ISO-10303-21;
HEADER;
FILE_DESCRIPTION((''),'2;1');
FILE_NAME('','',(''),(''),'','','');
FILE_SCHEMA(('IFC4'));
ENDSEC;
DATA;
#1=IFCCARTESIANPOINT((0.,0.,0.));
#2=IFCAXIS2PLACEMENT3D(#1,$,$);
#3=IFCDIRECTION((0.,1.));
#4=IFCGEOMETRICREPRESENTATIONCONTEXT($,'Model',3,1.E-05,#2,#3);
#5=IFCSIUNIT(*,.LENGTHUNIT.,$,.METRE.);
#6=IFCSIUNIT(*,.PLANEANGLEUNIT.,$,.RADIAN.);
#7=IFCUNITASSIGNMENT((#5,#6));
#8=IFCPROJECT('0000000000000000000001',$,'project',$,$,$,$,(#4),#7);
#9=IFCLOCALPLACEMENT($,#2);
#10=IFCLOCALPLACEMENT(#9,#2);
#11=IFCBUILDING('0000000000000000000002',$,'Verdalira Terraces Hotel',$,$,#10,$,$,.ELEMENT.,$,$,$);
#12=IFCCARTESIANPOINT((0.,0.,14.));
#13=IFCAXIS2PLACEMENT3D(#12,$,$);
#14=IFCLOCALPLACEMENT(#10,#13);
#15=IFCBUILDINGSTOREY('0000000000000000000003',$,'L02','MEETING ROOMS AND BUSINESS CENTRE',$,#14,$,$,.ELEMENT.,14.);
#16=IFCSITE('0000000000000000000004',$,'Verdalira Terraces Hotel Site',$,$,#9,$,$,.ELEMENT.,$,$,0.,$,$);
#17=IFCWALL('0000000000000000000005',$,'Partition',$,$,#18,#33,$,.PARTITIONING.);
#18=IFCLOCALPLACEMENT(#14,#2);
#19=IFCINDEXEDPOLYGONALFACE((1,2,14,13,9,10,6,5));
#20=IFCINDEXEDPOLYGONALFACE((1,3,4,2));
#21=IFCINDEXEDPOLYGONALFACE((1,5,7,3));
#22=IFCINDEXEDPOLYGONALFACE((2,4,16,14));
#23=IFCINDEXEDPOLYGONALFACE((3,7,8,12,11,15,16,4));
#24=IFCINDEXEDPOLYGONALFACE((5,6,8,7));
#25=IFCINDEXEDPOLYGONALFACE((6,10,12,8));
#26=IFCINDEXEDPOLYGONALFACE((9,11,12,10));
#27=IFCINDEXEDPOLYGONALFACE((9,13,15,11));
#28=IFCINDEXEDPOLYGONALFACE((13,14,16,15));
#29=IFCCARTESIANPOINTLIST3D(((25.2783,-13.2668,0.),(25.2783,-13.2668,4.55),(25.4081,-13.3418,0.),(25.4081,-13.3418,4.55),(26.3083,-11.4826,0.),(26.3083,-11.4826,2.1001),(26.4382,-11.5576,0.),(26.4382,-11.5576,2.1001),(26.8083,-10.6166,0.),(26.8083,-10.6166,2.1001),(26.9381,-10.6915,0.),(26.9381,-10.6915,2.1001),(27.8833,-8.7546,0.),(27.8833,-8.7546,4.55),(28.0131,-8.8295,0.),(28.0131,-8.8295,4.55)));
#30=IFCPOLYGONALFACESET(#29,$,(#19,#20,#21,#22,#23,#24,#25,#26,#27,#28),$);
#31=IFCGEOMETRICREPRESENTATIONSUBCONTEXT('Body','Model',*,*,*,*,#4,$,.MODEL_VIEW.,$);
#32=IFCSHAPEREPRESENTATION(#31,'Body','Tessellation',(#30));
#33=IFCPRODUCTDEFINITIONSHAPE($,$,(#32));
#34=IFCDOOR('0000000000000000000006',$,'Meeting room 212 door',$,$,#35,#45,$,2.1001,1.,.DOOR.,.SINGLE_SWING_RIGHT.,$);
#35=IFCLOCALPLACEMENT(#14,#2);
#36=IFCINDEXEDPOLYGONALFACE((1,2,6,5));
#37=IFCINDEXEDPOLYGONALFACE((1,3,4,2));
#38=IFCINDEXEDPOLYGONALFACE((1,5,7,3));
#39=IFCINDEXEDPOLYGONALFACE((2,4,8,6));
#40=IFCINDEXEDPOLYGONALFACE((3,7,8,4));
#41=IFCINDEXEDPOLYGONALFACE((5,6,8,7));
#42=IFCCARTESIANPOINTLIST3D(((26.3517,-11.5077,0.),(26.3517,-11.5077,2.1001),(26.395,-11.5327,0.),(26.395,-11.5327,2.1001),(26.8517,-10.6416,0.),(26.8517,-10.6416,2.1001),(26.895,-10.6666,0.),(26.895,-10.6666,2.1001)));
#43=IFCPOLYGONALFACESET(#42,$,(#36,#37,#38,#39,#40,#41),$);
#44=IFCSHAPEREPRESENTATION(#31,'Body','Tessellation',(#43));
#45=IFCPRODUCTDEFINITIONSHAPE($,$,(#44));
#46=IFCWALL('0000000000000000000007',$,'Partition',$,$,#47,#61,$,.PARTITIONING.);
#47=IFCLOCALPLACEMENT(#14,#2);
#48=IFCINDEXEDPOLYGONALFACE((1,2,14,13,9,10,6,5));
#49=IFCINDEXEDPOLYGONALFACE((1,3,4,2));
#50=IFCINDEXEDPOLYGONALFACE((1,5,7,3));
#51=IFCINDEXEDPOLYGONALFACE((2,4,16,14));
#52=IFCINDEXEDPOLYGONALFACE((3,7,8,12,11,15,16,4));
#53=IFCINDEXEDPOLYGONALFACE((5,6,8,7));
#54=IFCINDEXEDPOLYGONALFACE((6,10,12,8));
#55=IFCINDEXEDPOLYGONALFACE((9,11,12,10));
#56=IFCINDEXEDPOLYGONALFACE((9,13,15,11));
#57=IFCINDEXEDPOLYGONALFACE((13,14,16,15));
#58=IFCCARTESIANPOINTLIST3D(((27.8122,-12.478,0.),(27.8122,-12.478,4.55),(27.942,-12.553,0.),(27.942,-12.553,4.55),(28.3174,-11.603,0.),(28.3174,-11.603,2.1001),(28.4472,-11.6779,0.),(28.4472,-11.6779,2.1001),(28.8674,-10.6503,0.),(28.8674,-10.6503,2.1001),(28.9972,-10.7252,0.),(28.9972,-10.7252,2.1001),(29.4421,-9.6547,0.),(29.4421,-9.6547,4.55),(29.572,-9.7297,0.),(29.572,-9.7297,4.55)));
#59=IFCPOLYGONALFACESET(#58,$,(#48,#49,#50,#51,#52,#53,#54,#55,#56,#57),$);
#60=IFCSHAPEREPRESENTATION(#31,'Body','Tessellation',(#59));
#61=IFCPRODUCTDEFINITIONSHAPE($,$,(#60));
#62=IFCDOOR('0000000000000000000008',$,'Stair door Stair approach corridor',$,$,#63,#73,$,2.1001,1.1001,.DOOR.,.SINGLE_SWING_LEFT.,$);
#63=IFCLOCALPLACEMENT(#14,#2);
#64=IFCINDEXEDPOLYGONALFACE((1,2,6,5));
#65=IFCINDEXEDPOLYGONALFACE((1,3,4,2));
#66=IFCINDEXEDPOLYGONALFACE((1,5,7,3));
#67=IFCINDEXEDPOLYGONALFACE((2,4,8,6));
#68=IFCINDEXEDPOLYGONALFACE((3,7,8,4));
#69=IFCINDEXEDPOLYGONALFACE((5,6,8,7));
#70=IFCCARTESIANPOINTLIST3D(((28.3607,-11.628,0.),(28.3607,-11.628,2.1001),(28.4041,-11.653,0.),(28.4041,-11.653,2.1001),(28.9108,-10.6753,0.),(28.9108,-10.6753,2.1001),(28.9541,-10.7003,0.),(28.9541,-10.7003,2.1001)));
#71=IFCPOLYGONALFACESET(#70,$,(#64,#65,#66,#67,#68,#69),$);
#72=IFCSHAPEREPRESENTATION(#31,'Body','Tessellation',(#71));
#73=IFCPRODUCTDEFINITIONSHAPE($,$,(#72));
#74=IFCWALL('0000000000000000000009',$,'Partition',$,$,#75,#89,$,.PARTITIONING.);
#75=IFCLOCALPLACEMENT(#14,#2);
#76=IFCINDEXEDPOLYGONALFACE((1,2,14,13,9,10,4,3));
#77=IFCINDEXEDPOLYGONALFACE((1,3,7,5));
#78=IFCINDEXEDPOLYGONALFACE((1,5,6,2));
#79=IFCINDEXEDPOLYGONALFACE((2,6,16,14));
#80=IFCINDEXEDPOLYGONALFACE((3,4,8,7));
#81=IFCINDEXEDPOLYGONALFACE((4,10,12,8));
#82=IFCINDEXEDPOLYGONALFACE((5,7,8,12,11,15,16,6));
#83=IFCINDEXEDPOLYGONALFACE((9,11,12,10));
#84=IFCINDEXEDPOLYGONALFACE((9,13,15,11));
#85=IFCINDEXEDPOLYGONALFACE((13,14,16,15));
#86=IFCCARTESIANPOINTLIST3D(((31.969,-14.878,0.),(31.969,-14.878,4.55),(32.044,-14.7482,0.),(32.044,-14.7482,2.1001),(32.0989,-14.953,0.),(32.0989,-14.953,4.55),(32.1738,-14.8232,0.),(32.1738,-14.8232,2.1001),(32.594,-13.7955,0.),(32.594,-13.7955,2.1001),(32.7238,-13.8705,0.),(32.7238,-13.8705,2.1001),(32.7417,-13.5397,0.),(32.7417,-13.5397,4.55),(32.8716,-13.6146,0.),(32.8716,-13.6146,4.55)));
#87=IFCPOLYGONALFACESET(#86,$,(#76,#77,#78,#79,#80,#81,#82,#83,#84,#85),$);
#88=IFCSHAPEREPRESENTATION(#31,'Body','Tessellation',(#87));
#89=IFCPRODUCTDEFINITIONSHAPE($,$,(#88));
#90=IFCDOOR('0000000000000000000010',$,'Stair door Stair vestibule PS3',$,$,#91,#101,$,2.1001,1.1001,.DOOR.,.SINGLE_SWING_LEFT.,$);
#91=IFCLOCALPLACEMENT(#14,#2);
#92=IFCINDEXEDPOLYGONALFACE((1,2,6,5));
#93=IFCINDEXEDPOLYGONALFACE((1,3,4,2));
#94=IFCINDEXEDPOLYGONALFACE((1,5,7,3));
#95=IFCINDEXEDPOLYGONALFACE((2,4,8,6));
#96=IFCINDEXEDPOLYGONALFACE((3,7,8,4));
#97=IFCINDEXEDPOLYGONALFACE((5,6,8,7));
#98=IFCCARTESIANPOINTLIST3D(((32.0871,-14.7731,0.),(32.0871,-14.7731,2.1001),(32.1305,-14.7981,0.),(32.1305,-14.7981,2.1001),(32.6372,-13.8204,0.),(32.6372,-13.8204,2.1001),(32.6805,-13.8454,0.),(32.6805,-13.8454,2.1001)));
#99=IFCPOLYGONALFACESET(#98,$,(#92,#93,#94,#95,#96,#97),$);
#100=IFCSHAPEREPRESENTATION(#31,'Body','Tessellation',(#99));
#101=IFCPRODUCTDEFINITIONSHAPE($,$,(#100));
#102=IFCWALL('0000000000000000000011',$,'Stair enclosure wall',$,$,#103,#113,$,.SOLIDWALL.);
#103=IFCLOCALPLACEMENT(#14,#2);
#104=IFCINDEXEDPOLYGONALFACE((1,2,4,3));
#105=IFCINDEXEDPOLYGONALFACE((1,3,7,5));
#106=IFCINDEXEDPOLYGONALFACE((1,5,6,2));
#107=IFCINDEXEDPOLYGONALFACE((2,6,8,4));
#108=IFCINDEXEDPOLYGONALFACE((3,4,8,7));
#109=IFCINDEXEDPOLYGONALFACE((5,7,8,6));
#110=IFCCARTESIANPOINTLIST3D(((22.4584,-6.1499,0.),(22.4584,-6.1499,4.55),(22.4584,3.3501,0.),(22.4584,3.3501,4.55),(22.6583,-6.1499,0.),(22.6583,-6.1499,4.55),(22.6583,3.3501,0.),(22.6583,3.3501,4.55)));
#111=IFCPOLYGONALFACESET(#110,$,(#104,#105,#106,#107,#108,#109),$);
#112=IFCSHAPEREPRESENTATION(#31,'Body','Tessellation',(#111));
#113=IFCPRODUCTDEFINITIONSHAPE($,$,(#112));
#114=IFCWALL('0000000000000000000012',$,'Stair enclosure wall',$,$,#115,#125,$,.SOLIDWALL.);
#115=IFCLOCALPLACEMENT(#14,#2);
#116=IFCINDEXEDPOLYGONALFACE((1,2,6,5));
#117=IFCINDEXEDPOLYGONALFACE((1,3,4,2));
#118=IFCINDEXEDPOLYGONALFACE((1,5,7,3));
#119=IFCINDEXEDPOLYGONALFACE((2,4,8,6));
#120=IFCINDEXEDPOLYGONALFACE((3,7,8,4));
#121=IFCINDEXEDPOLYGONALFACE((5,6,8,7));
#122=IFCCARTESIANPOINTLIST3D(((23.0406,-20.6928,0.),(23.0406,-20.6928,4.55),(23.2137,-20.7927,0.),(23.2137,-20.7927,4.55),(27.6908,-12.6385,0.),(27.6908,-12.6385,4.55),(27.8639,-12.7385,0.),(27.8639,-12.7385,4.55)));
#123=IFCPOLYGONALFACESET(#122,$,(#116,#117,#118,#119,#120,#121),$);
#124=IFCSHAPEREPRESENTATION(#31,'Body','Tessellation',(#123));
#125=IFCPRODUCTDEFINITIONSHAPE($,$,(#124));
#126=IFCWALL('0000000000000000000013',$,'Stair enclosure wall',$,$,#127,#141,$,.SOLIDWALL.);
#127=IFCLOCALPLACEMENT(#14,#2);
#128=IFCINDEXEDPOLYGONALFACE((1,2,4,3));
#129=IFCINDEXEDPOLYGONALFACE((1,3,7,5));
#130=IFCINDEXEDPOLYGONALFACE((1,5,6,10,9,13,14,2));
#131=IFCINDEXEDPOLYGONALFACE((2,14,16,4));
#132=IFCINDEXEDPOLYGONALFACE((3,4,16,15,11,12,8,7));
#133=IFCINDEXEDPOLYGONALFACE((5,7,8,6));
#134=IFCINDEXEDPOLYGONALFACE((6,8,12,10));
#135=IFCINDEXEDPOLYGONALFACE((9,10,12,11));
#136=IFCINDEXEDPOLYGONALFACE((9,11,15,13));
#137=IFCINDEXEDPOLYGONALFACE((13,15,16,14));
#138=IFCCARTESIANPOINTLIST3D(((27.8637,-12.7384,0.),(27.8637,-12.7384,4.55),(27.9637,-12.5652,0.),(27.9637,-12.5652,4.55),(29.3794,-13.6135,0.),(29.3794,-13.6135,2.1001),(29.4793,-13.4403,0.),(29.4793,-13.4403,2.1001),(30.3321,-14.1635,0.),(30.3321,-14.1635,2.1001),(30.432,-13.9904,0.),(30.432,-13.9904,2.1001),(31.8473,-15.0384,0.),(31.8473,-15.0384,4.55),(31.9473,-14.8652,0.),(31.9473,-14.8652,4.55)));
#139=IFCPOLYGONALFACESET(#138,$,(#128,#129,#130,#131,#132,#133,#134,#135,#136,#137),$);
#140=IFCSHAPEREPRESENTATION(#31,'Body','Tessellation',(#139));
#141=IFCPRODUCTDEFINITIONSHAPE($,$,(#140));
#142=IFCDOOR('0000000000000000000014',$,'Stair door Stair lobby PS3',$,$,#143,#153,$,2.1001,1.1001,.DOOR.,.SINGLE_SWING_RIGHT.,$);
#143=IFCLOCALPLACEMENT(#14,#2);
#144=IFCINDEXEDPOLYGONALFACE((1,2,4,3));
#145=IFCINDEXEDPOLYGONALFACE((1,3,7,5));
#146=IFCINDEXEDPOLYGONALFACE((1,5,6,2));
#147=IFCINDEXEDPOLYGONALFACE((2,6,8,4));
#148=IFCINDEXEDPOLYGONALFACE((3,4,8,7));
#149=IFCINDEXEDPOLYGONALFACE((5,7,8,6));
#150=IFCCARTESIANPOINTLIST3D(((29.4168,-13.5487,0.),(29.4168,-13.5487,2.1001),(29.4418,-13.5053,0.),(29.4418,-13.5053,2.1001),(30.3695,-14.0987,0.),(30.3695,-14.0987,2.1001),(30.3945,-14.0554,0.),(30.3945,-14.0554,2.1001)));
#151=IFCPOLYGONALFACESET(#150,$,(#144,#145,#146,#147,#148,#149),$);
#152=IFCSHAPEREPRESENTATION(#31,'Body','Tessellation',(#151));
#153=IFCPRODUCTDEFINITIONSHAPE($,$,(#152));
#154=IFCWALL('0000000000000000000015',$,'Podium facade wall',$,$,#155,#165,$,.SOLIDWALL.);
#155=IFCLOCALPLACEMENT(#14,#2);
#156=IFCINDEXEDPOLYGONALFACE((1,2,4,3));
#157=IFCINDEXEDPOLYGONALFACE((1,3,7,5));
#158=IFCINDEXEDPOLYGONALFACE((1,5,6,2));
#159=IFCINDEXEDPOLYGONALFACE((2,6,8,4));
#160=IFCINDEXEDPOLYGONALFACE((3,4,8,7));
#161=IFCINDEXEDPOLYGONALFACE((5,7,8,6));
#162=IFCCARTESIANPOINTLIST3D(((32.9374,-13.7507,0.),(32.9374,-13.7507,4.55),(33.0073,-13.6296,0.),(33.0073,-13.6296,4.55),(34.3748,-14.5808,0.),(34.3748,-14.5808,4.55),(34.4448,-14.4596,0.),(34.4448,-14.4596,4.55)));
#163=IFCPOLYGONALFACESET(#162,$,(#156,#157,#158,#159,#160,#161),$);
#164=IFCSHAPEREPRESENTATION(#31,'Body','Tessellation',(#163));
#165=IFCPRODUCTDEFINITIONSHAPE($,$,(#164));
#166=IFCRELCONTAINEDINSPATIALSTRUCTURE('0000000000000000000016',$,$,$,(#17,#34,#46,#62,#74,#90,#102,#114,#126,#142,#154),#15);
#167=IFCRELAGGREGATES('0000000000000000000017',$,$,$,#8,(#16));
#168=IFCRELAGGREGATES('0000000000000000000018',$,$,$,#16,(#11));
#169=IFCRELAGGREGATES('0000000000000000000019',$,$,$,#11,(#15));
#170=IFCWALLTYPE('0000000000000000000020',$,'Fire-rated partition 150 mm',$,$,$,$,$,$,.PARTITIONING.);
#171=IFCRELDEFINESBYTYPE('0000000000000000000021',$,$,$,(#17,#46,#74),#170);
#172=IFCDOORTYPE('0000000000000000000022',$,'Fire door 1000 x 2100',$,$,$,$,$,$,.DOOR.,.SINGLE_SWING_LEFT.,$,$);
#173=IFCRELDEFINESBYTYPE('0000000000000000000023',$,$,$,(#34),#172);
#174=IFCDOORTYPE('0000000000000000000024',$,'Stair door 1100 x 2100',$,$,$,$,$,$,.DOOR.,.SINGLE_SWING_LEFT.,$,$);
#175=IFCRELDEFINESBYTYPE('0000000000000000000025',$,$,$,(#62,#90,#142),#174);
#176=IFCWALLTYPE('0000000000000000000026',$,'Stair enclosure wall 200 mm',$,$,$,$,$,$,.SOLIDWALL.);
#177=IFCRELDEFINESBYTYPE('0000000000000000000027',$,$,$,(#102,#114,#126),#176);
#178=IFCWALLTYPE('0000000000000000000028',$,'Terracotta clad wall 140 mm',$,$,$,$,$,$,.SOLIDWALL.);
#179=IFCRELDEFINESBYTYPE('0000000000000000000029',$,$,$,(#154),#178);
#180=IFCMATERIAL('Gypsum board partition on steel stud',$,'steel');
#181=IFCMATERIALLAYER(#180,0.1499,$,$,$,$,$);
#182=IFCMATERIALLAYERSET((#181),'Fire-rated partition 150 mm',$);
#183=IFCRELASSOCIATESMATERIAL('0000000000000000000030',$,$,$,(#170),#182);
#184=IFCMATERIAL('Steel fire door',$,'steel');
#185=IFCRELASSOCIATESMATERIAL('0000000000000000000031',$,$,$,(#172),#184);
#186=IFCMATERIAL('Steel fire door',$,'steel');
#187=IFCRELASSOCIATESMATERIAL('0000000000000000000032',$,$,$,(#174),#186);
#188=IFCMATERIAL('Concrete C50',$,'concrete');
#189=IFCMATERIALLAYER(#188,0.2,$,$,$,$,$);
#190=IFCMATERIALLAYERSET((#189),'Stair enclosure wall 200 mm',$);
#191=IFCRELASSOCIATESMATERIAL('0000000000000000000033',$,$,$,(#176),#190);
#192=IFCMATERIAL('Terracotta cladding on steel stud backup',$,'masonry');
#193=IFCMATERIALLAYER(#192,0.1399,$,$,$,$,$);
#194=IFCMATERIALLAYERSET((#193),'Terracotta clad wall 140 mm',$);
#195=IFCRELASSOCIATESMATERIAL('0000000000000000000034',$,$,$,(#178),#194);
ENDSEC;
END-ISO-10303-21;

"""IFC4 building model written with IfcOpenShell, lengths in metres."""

from ifc_helpers import new_model, si_unit, direction, frame, frame_2d, origin, place, context, subcontext, project, spatial, rectangle, extrude, material, layer, layer_set, type_object, element, fill, save


model = new_model("IFC4")

# Units and contexts
model_context = context("Model", 3, precision=1e-05, world=origin(), true_north=direction((0.0, 1.0)))
body_context = subcontext(model_context, "Body", "Model", "MODEL_VIEW")
ifc_project = project(units=[si_unit("LENGTHUNIT", "METRE"), si_unit("PLANEANGLEUNIT", "RADIAN")], contexts=[model_context])

# Site, building, storey
site_placement = place(None, origin())
site = spatial("IfcSite", under=ifc_project, at=site_placement, Name="Verdalira Terraces Hotel Site", CompositionType="ELEMENT", RefElevation=0.0)
building_placement = place(site_placement, origin())
building = spatial("IfcBuilding", under=site, at=building_placement, Name="Verdalira Terraces Hotel", CompositionType="ELEMENT")
storey_placement = place(building_placement, frame((0.0, 0.0, 14.0)))
storey = spatial("IfcBuildingStorey", under=building, at=storey_placement, Name="L02", Description="MEETING ROOMS AND BUSINESS CENTRE", CompositionType="ELEMENT", Elevation=14.0)

# Shared definitions
ifc_material_1 = material(Name="Gypsum board partition on steel stud", Category="steel")
ifc_layer_1 = layer(ifc_material_1, 0.1499)
ifc_layer_set_1 = layer_set([ifc_layer_1], Name="Fire-rated partition 150 mm")
wall_type_1 = type_object("IfcWallType", Name="Fire-rated partition 150 mm", PredefinedType="PARTITIONING", material=ifc_layer_set_1)

# Walls, openings, doors
wall_1_placement = place(storey_placement, frame((25.3433, -13.3042, 0.0), z_axis=(0.0, 0.0, 1.0), x_axis=(0.499979, 0.866037, 0.0)))
wall_1 = element("IfcWall", 1, at=wall_1_placement, inside=storey, type_object=wall_type_1, Name="Partition", PredefinedType="PARTITIONING", context=body_context, shape_type="SweptSolid", body=[
    extrude(rectangle(XDim=5.2102, YDim=0.1499, at=frame_2d((2.605, 0.0))), origin(), (0.0, 0.0, 1.0), 4.55),
])
opening_1_placement = place(wall_1_placement, frame((2.0601, 0.0, 0.0)))
opening_1 = element("IfcOpeningElement", 2, at=opening_1_placement, cuts=wall_1, PredefinedType="OPENING", context=body_context, shape_type="SweptSolid", body=[
    extrude(rectangle(XDim=1.0, YDim=2.1001, at=frame_2d((0.5, 1.05))), frame((0.0, 0.085, 0.0), z_axis=(0.0, -1.0, 0.0), x_axis=(1.0, 0.0, 0.0)), (0.0, 0.0, 1.0), 0.1699),
])
ifc_material_2 = material(Name="Steel fire door", Category="steel")
door_type_1 = type_object("IfcDoorType", Name="Fire door 1000 x 2100", OperationType="SINGLE_SWING_LEFT", PredefinedType="DOOR", material=ifc_material_2)
door_1_placement = place(opening_1_placement, origin())
door_1 = element("IfcDoor", 3, at=door_1_placement, inside=storey, type_object=door_type_1, Name="Meeting room 212 door", OperationType="SINGLE_SWING_RIGHT", OverallHeight=2.1001, OverallWidth=1.0, PredefinedType="DOOR", context=body_context, shape_type="SweptSolid", body=[
    extrude(rectangle(XDim=1.0, YDim=2.1001, at=frame_2d((0.5, 1.05))), frame((0.0, 0.0249, 0.0), z_axis=(0.0, -1.0, 0.0), x_axis=(1.0, 0.0, 0.0)), (0.0, 0.0, 1.0), 0.05),
])
fill(opening_1, door_1)
wall_2_placement = place(storey_placement, frame((27.8772, -12.5154, 0.0), z_axis=(0.0, 0.0, 1.0), x_axis=(0.499973, 0.866041, 0.0)))
wall_2 = element("IfcWall", 4, at=wall_2_placement, inside=storey, type_object=wall_type_1, Name="Partition", PredefinedType="PARTITIONING", context=body_context, shape_type="SweptSolid", body=[
    extrude(rectangle(XDim=3.26, YDim=0.1499, at=frame_2d((1.6299, 0.0))), origin(), (0.0, 0.0, 1.0), 4.55),
])
opening_2_placement = place(wall_2_placement, frame((1.0103, 0.0, 0.0)))
opening_2 = element("IfcOpeningElement", 5, at=opening_2_placement, cuts=wall_2, PredefinedType="OPENING", context=body_context, shape_type="SweptSolid", body=[
    extrude(rectangle(XDim=1.1001, YDim=2.1001, at=frame_2d((0.55, 1.05))), frame((0.0, 0.085, 0.0), z_axis=(0.0, -1.0, 0.0), x_axis=(1.0, 0.0, 0.0)), (0.0, 0.0, 1.0), 0.1699),
])
ifc_material_3 = material(Name="Steel fire door", Category="steel")
door_type_2 = type_object("IfcDoorType", Name="Stair door 1100 x 2100", OperationType="SINGLE_SWING_LEFT", PredefinedType="DOOR", material=ifc_material_3)
door_2_placement = place(opening_2_placement, origin())
door_2 = element("IfcDoor", 6, at=door_2_placement, inside=storey, type_object=door_type_2, Name="Stair door Stair approach corridor", OperationType="SINGLE_SWING_LEFT", OverallHeight=2.1001, OverallWidth=1.1001, PredefinedType="DOOR", context=body_context, shape_type="SweptSolid", body=[
    extrude(rectangle(XDim=1.1001, YDim=2.1001, at=frame_2d((0.55, 1.05))), frame((0.0, 0.0249, 0.0), z_axis=(0.0, -1.0, 0.0), x_axis=(1.0, 0.0, 0.0)), (0.0, 0.0, 1.0), 0.05),
])
fill(opening_2, door_2)
wall_3_placement = place(storey_placement, frame((32.8066, -13.5771, 0.0), z_axis=(0.0, 0.0, 1.0), x_axis=(-0.499996, -0.866028, 0.0)))
wall_3 = element("IfcWall", 7, at=wall_3_placement, inside=storey, type_object=wall_type_1, Name="Partition", PredefinedType="PARTITIONING", context=body_context, shape_type="SweptSolid", body=[
    extrude(rectangle(XDim=1.5454, YDim=0.1499, at=frame_2d((0.7727, 0.0))), origin(), (0.0, 0.0, 1.0), 4.55),
])
opening_3_placement = place(wall_3_placement, frame((0.2954, 0.0, 0.0)))
opening_3 = element("IfcOpeningElement", 8, at=opening_3_placement, cuts=wall_3, PredefinedType="OPENING", context=body_context, shape_type="SweptSolid", body=[
    extrude(rectangle(XDim=1.1001, YDim=2.1001, at=frame_2d((0.55, 1.05))), frame((0.0, 0.085, 0.0), z_axis=(0.0, -1.0, 0.0), x_axis=(1.0, 0.0, 0.0)), (0.0, 0.0, 1.0), 0.1699),
])
door_3_placement = place(opening_3_placement, origin())
door_3 = element("IfcDoor", 9, at=door_3_placement, inside=storey, type_object=door_type_2, Name="Stair door Stair vestibule PS3", OperationType="SINGLE_SWING_LEFT", OverallHeight=2.1001, OverallWidth=1.1001, PredefinedType="DOOR", context=body_context, shape_type="SweptSolid", body=[
    extrude(rectangle(XDim=1.1001, YDim=2.1001, at=frame_2d((0.55, 1.05))), frame((0.0, 0.0249, 0.0), z_axis=(0.0, -1.0, 0.0), x_axis=(1.0, 0.0, 0.0)), (0.0, 0.0, 1.0), 0.05),
])
fill(opening_3, door_3)

# Walls
ifc_material_4 = material(Name="Concrete C50", Category="concrete")
ifc_layer_2 = layer(ifc_material_4, 0.2)
ifc_layer_set_2 = layer_set([ifc_layer_2], Name="Stair enclosure wall 200 mm")
wall_type_2 = type_object("IfcWallType", Name="Stair enclosure wall 200 mm", PredefinedType="SOLIDWALL", material=ifc_layer_set_2)
wall_4_placement = place(storey_placement, frame((22.5584, -6.1499, 0.0), z_axis=(0.0, 0.0, 1.0), x_axis=(0.0, 1.0, 0.0)))
element("IfcWall", 10, at=wall_4_placement, inside=storey, type_object=wall_type_2, Name="Stair enclosure wall", PredefinedType="SOLIDWALL", context=body_context, shape_type="SweptSolid", body=[
    extrude(rectangle(XDim=9.5, YDim=0.2, at=frame_2d((4.75, 0.0))), origin(), (0.0, 0.0, 1.0), 4.55),
])
wall_5_placement = place(storey_placement, frame((27.7773, -12.6885, 0.0), z_axis=(0.0, 0.0, 1.0), x_axis=(-0.500004, -0.866023, 0.0)))
element("IfcWall", 11, at=wall_5_placement, inside=storey, type_object=wall_type_2, Name="Stair enclosure wall", PredefinedType="SOLIDWALL", context=body_context, shape_type="SweptSolid", body=[
    extrude(rectangle(XDim=9.3003, YDim=0.2, at=frame_2d((4.6501, 0.0))), origin(), (0.0, 0.0, 1.0), 4.55),
])

# Wall, opening, door
wall_6_placement = place(storey_placement, frame((27.9138, -12.6519, 0.0), z_axis=(0.0, 0.0, 1.0), x_axis=(0.866017, -0.500015, 0.0)))
wall_6 = element("IfcWall", 12, at=wall_6_placement, inside=storey, type_object=wall_type_2, Name="Stair enclosure wall", PredefinedType="SOLIDWALL", context=body_context, shape_type="SweptSolid", body=[
    extrude(rectangle(XDim=4.5999, YDim=0.2, at=frame_2d((2.2998, 0.0))), origin(), (0.0, 0.0, 1.0), 4.55),
])
opening_4_placement = place(wall_6_placement, frame((1.75, 0.0, 0.0)))
opening_4 = element("IfcOpeningElement", 13, at=opening_4_placement, cuts=wall_6, PredefinedType="OPENING", context=body_context, shape_type="SweptSolid", body=[
    extrude(rectangle(XDim=1.1001, YDim=2.1001, at=frame_2d((0.55, 1.05))), frame((0.0, 0.1099, 0.0), z_axis=(0.0, -1.0, 0.0), x_axis=(1.0, 0.0, 0.0)), (0.0, 0.0, 1.0), 0.22),
])
door_4_placement = place(opening_4_placement, origin())
door_4 = element("IfcDoor", 14, at=door_4_placement, inside=storey, type_object=door_type_2, Name="Stair door Stair lobby PS3", OperationType="SINGLE_SWING_RIGHT", OverallHeight=2.1001, OverallWidth=1.1001, PredefinedType="DOOR", context=body_context, shape_type="SweptSolid", body=[
    extrude(rectangle(XDim=1.1001, YDim=2.1001, at=frame_2d((0.55, 1.05))), frame((0.0, 0.0249, 0.0), z_axis=(0.0, -1.0, 0.0), x_axis=(1.0, 0.0, 0.0)), (0.0, 0.0, 1.0), 0.05),
])
fill(opening_4, door_4)

# Wall
ifc_material_5 = material(Name="Terracotta cladding on steel stud backup", Category="masonry")
ifc_layer_3 = layer(ifc_material_5, 0.1399)
ifc_layer_set_3 = layer_set([ifc_layer_3], Name="Terracotta clad wall 140 mm")
wall_type_3 = type_object("IfcWallType", Name="Terracotta clad wall 140 mm", PredefinedType="SOLIDWALL", material=ifc_layer_set_3)
wall_7_placement = place(storey_placement, frame((34.4099, -14.5203, 0.0), z_axis=(0.0, 0.0, 1.0), x_axis=(-0.86599, 0.500062, 0.0)))
element("IfcWall", 15, at=wall_7_placement, inside=storey, type_object=wall_type_3, Name="Podium facade wall", PredefinedType="SOLIDWALL", context=body_context, shape_type="SweptSolid", body=[
    extrude(rectangle(XDim=1.6599, YDim=0.1399, at=frame_2d((0.8301, 0.0))), origin(), (0.0, 0.0, 1.0), 4.55),
])

save(model, "model.ifc")
